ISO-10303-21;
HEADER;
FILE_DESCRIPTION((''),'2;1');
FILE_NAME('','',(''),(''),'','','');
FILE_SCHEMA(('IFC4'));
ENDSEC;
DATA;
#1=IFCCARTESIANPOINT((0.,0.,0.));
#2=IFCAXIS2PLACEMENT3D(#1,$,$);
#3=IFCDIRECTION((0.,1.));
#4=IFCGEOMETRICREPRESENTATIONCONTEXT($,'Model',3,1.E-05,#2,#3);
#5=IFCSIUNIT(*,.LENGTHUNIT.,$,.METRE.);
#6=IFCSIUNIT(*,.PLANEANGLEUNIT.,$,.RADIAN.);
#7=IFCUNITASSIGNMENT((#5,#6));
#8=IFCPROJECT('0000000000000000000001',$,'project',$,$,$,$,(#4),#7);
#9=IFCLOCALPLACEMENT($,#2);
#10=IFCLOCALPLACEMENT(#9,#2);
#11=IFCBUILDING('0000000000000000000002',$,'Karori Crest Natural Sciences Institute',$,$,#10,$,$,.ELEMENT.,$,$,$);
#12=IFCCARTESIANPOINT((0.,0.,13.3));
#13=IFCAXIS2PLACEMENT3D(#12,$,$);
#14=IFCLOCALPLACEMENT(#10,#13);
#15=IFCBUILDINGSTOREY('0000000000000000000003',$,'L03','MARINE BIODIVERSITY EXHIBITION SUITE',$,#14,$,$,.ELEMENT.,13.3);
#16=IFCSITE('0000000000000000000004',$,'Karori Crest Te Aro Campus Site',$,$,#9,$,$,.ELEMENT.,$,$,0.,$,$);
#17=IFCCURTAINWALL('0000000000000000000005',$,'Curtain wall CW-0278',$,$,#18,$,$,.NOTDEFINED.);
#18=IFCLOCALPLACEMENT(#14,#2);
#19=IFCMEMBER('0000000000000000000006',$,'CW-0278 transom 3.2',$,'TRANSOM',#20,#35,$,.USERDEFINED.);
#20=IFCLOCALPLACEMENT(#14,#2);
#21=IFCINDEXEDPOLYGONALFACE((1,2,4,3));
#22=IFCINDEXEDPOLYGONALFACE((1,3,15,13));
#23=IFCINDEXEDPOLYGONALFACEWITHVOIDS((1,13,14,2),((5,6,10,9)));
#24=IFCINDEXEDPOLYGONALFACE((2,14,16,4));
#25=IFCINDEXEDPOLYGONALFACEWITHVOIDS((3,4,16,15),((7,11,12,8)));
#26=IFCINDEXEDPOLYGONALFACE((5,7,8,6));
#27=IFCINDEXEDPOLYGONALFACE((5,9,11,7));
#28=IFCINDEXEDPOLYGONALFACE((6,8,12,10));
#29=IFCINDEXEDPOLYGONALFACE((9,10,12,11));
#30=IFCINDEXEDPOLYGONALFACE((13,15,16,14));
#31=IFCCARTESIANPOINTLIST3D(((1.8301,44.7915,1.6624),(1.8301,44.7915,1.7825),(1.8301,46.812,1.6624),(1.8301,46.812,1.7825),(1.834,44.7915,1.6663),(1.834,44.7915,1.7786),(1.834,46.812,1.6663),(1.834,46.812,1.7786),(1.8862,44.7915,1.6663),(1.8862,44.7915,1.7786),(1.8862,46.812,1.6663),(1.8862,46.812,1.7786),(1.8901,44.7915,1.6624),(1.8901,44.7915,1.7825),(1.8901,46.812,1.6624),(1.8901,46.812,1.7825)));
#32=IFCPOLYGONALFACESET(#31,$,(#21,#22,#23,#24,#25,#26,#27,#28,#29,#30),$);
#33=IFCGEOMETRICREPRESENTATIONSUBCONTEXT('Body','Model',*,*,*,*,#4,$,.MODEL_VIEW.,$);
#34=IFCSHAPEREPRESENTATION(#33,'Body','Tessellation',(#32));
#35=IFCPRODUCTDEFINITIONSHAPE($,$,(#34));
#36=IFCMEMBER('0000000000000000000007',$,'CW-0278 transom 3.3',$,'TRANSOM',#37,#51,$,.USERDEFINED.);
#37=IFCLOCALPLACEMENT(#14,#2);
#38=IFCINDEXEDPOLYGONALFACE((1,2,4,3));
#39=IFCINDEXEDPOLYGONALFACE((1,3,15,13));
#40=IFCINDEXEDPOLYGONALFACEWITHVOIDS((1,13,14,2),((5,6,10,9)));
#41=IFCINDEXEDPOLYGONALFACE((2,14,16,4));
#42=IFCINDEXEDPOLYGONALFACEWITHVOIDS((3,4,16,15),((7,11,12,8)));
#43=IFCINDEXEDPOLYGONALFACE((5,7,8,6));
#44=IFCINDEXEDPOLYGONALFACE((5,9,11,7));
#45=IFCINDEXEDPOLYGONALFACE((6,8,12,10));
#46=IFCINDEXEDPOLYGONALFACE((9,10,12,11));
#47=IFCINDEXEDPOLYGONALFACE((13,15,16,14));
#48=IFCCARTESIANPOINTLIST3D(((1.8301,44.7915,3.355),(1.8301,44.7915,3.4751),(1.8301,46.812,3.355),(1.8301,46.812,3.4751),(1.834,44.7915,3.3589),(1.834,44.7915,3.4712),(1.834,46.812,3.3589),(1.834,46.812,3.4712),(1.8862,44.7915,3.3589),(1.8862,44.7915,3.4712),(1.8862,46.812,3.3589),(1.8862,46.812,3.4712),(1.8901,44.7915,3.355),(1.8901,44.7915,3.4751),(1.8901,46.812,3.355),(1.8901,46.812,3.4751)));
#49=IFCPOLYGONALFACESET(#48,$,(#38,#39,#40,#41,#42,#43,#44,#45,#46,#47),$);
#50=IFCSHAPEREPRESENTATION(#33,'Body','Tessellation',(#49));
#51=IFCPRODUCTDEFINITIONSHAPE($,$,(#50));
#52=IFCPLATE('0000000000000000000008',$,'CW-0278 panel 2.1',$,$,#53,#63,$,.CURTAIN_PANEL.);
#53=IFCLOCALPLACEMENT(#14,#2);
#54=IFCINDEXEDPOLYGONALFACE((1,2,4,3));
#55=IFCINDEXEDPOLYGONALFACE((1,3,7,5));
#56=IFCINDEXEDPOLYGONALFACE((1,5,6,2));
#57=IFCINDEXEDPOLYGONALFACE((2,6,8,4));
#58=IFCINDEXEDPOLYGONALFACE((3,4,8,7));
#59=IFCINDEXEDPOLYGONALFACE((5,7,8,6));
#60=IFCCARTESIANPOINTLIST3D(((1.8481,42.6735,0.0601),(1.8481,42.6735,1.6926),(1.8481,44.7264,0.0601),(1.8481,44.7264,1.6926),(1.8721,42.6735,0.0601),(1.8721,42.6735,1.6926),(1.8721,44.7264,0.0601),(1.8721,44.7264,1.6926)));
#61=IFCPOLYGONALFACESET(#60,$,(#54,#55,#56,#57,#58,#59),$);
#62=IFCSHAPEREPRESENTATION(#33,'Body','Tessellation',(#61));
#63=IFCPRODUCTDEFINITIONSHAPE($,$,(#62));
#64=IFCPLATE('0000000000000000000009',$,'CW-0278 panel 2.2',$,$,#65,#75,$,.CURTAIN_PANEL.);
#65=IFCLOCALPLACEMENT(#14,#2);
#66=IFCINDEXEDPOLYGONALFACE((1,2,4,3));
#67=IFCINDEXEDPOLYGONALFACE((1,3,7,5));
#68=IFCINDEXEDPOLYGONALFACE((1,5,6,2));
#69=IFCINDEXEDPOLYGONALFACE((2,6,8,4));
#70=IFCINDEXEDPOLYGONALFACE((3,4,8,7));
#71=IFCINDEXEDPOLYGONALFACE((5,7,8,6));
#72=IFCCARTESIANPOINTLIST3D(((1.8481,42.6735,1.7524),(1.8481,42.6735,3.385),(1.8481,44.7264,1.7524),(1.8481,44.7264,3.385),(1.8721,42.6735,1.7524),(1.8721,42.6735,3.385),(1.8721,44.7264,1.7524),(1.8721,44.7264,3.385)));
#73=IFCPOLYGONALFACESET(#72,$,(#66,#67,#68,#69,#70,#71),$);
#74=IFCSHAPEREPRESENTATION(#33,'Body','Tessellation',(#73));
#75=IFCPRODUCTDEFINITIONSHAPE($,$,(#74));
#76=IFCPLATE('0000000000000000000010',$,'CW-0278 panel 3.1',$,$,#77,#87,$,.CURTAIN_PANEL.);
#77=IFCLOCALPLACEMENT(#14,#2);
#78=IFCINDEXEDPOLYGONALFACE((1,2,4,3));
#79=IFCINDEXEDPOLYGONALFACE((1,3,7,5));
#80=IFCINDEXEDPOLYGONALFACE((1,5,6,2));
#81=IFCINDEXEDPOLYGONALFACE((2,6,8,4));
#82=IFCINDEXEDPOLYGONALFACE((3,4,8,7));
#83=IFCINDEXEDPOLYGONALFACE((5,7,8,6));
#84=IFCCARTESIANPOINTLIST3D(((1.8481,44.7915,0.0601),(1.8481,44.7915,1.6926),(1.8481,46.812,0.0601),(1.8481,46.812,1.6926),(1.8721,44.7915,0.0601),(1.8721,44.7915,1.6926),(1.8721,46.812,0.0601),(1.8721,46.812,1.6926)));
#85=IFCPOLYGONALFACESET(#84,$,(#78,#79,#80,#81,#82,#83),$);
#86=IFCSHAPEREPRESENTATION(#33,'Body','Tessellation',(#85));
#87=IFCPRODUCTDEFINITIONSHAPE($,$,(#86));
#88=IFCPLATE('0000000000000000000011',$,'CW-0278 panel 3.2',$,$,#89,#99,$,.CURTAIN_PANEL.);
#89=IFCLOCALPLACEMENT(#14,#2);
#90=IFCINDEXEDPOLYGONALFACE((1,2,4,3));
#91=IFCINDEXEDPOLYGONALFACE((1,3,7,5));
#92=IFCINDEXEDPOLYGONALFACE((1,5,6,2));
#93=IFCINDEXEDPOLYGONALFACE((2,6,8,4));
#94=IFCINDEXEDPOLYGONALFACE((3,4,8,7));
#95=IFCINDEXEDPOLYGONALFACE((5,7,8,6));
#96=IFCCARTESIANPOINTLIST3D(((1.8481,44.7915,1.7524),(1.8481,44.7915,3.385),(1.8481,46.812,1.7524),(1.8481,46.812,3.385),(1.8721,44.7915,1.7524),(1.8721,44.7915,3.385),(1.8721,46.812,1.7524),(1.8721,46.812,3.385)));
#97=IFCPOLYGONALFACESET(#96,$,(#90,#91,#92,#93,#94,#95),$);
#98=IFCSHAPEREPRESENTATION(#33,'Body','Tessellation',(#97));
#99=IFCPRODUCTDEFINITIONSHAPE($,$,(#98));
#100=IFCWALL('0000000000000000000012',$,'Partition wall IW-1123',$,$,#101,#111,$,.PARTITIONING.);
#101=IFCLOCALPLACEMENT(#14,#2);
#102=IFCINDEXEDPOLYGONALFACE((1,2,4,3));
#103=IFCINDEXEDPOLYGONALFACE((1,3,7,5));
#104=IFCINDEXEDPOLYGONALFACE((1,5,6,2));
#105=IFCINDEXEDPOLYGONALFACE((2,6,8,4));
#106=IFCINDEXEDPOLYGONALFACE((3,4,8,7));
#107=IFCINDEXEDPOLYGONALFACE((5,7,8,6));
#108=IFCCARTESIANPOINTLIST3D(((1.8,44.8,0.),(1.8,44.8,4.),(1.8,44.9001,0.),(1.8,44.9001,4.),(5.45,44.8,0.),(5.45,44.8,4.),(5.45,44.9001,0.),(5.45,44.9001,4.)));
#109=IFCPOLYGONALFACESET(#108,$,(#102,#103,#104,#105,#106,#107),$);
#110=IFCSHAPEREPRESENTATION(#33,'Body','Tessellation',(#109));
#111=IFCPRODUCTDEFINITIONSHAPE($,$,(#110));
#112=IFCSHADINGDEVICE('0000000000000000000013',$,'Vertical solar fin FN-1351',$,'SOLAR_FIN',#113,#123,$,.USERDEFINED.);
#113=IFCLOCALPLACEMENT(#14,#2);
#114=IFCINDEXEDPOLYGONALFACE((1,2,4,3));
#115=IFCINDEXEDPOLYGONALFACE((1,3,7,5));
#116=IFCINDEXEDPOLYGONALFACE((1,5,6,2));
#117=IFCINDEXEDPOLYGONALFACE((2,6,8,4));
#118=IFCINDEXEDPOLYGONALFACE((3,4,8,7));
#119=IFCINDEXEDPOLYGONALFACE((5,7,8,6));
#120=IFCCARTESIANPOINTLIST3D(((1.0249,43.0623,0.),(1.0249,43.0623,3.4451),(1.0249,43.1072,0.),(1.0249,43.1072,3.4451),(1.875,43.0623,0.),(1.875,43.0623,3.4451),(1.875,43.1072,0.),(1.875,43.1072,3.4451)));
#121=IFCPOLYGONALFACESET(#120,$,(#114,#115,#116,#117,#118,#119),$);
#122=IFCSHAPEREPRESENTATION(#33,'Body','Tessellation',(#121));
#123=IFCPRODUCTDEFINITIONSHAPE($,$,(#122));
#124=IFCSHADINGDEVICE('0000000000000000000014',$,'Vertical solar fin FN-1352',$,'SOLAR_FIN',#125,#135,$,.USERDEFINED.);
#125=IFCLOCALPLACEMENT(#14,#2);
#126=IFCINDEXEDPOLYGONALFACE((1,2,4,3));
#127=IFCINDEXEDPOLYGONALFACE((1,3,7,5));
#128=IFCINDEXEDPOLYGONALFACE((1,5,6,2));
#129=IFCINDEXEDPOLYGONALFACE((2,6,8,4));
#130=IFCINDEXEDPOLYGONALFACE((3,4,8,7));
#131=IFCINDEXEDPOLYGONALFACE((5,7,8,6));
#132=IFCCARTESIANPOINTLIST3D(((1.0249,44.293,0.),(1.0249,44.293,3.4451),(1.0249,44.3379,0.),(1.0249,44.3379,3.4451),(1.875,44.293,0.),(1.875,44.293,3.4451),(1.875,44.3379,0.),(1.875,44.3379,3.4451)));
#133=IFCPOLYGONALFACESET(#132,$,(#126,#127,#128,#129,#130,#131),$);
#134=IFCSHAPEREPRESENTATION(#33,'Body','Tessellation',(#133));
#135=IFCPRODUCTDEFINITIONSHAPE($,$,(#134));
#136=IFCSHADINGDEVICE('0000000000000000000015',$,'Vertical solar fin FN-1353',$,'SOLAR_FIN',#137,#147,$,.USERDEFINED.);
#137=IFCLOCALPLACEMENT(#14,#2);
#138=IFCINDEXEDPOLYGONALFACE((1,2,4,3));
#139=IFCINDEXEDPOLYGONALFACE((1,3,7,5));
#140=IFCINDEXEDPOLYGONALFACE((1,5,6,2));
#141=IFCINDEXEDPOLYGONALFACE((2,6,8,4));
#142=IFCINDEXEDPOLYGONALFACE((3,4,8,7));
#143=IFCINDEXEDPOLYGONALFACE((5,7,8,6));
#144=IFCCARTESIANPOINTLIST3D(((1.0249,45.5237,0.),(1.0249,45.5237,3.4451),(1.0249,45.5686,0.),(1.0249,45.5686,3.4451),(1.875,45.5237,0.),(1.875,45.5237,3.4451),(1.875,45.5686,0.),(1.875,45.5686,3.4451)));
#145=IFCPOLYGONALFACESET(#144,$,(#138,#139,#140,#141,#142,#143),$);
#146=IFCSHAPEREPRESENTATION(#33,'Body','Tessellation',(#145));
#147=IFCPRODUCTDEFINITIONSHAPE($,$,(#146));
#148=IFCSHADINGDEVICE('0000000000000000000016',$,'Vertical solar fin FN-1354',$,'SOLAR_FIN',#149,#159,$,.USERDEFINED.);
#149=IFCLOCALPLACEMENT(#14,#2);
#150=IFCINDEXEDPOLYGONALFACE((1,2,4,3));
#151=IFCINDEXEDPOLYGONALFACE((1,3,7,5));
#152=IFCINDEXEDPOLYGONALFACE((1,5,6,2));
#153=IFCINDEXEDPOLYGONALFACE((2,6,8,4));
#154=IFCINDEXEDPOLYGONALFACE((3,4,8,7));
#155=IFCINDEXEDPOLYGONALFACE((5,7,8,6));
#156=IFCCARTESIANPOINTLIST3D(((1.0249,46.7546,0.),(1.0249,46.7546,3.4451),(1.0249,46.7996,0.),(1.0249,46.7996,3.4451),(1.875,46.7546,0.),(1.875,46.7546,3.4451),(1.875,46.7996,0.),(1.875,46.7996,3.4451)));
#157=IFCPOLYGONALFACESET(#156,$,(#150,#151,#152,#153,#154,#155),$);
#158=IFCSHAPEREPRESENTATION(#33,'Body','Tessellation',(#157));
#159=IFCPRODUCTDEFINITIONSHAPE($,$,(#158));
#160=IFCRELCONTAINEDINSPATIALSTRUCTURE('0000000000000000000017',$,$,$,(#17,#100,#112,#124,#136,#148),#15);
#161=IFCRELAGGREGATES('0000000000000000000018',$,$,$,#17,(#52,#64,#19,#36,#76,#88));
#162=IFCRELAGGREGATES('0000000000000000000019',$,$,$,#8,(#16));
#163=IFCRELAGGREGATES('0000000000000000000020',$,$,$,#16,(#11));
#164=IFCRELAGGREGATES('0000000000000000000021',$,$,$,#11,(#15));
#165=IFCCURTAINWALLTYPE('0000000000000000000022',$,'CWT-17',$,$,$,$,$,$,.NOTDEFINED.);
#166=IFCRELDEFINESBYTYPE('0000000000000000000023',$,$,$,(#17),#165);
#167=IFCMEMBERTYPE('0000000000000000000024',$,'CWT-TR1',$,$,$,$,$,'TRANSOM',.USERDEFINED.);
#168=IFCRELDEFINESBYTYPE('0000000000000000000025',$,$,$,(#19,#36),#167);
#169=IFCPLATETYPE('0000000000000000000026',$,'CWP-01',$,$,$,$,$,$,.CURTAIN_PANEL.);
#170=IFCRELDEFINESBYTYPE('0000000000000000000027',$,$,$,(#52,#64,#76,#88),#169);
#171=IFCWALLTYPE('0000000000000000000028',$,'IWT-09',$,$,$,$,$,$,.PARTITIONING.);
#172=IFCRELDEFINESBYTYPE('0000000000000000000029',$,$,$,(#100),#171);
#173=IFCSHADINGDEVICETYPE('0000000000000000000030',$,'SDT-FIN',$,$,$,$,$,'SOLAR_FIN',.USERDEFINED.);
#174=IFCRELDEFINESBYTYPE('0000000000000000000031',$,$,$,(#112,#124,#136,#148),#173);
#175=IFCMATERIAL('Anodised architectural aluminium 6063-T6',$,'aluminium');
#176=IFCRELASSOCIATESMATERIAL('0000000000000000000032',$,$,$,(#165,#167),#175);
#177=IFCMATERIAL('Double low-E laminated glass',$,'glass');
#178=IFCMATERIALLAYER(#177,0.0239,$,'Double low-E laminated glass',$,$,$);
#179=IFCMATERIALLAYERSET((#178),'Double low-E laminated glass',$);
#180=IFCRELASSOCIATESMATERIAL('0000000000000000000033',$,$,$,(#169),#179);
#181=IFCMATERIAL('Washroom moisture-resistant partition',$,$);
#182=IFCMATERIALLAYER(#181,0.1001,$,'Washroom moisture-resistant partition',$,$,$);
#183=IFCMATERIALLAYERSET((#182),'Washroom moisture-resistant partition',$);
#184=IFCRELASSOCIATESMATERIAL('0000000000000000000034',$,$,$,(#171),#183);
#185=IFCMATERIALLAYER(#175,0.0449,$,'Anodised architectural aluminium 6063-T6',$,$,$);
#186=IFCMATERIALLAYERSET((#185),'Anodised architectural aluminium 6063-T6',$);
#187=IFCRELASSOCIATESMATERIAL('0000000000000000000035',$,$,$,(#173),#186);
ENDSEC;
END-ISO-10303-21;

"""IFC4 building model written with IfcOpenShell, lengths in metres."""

from ifc_helpers import new_model, si_unit, direction, frame, frame_2d, origin, origin_2d, place, context, subcontext, project, spatial, rectangle, hollow_rectangle, extrude, material, layer, layer_set, material_profile, profile_set, type_object, element, aggregate, save


model = new_model("IFC4")

# Units and contexts
model_context = context("Model", 3, precision=1e-05, world=origin(), true_north=direction((0.0, 1.0)))
body_context = subcontext(model_context, "Body", "Model", "MODEL_VIEW")
ifc_project = project(units=[si_unit("LENGTHUNIT", "METRE"), si_unit("PLANEANGLEUNIT", "RADIAN")], contexts=[model_context])

# Site, building, storey
site_placement = place(None, origin())
site = spatial("IfcSite", under=ifc_project, at=site_placement, Name="Karori Crest Te Aro Campus Site", CompositionType="ELEMENT", RefElevation=0.0)
building_placement = place(site_placement, origin())
building = spatial("IfcBuilding", under=site, at=building_placement, Name="Karori Crest Natural Sciences Institute", CompositionType="ELEMENT")
storey_placement = place(building_placement, frame((0.0, 0.0, 13.3)))
storey = spatial("IfcBuildingStorey", under=building, at=storey_placement, Name="L03", Description="MARINE BIODIVERSITY EXHIBITION SUITE", CompositionType="ELEMENT", Elevation=13.3)

# Curtain wall, members, plates
ifc_material_1 = material(Name="Anodised architectural aluminium 6063-T6", Category="aluminium")
curtain_wall_type = type_object("IfcCurtainWallType", Name="CWT-17", PredefinedType="NOTDEFINED", material=ifc_material_1)
curtain_wall_placement = place(storey_placement, origin())
curtain_wall = element("IfcCurtainWall", 1, at=curtain_wall_placement, inside=storey, type_object=curtain_wall_type, Name="Curtain wall CW-0278", PredefinedType="NOTDEFINED")
ifc_material_profile_1 = material_profile(ifc_material_1, hollow_rectangle(XDim=0.0601, YDim=0.1201, WallThickness=0.0039, at=origin_2d()), Name="CWT120x60x4")
ifc_profile_set_1 = profile_set([ifc_material_profile_1], Name="Anodised architectural aluminium 6063-T6")
member_type_1 = type_object("IfcMemberType", Name="CWT-TR1", ElementType="TRANSOM", PredefinedType="USERDEFINED", material=ifc_profile_set_1)
member_1_placement = place(storey_placement, frame((1.8601, 44.7915, 1.7224), z_axis=(0.0, 1.0, 0.0), x_axis=(-1.0, 0.0, 0.0)))
member_1 = element("IfcMember", 2, at=member_1_placement, type_object=member_type_1, Name="CW-0278 transom 3.2", ObjectType="TRANSOM", PredefinedType="USERDEFINED", context=body_context, shape_type="SweptSolid", body=[
    extrude(hollow_rectangle(XDim=0.0601, YDim=0.1201, WallThickness=0.0039, at=origin_2d()), origin(), (0.0, 0.0, 1.0), 2.0205),
])
member_2_placement = place(storey_placement, frame((1.8601, 44.7915, 3.415), z_axis=(0.0, 1.0, 0.0), x_axis=(-1.0, 0.0, 0.0)))
member_2 = element("IfcMember", 3, at=member_2_placement, type_object=member_type_1, Name="CW-0278 transom 3.3", ObjectType="TRANSOM", PredefinedType="USERDEFINED", context=body_context, shape_type="SweptSolid", body=[
    extrude(hollow_rectangle(XDim=0.0601, YDim=0.1201, WallThickness=0.0039, at=origin_2d()), origin(), (0.0, 0.0, 1.0), 2.0205),
])
ifc_material_2 = material(Name="Double low-E laminated glass", Category="glass")
ifc_layer_1 = layer(ifc_material_2, 0.0239, Name="Double low-E laminated glass")
ifc_layer_set_1 = layer_set([ifc_layer_1], Name="Double low-E laminated glass")
plate_type = type_object("IfcPlateType", Name="CWP-01", PredefinedType="CURTAIN_PANEL", material=ifc_layer_set_1)
plate_1_placement = place(storey_placement, frame((1.8601, 43.7, 0.0601), z_axis=(0.0, 0.0, 1.0), x_axis=(0.0, 1.0, 0.0)))
plate_1 = element("IfcPlate", 4, at=plate_1_placement, type_object=plate_type, Name="CW-0278 panel 2.1", PredefinedType="CURTAIN_PANEL", context=body_context, shape_type="SweptSolid", body=[
    extrude(rectangle(XDim=2.053, YDim=0.0239, at=origin_2d()), origin(), (0.0, 0.0, 1.0), 1.6326),
])
plate_2_placement = place(storey_placement, frame((1.8601, 43.7, 1.7524), z_axis=(0.0, 0.0, 1.0), x_axis=(0.0, 1.0, 0.0)))
plate_2 = element("IfcPlate", 5, at=plate_2_placement, type_object=plate_type, Name="CW-0278 panel 2.2", PredefinedType="CURTAIN_PANEL", context=body_context, shape_type="SweptSolid", body=[
    extrude(rectangle(XDim=2.053, YDim=0.0239, at=origin_2d()), origin(), (0.0, 0.0, 1.0), 1.6326),
])
plate_3_placement = place(storey_placement, frame((1.8601, 45.8018, 0.0601), z_axis=(0.0, 0.0, 1.0), x_axis=(0.0, 1.0, 0.0)))
plate_3 = element("IfcPlate", 6, at=plate_3_placement, type_object=plate_type, Name="CW-0278 panel 3.1", PredefinedType="CURTAIN_PANEL", context=body_context, shape_type="SweptSolid", body=[
    extrude(rectangle(XDim=2.0205, YDim=0.0239, at=origin_2d()), origin(), (0.0, 0.0, 1.0), 1.6326),
])
plate_4_placement = place(storey_placement, frame((1.8601, 45.8018, 1.7524), z_axis=(0.0, 0.0, 1.0), x_axis=(0.0, 1.0, 0.0)))
plate_4 = element("IfcPlate", 7, at=plate_4_placement, type_object=plate_type, Name="CW-0278 panel 3.2", PredefinedType="CURTAIN_PANEL", context=body_context, shape_type="SweptSolid", body=[
    extrude(rectangle(XDim=2.0205, YDim=0.0239, at=origin_2d()), origin(), (0.0, 0.0, 1.0), 1.6326),
])
aggregate(curtain_wall, [plate_1, plate_2, member_1, member_2, plate_3, plate_4])

# Wall
ifc_material_3 = material(Name="Washroom moisture-resistant partition")
ifc_layer_2 = layer(ifc_material_3, 0.1001, Name="Washroom moisture-resistant partition")
ifc_layer_set_2 = layer_set([ifc_layer_2], Name="Washroom moisture-resistant partition")
wall_type = type_object("IfcWallType", Name="IWT-09", PredefinedType="PARTITIONING", material=ifc_layer_set_2)
wall_placement = place(storey_placement, frame((1.8, 44.8501, 0.0), z_axis=(0.0, 0.0, 1.0), x_axis=(1.0, 0.0, 0.0)))
element("IfcWall", 8, at=wall_placement, inside=storey, type_object=wall_type, Name="Partition wall IW-1123", PredefinedType="PARTITIONING", context=body_context, shape_type="SweptSolid", body=[
    extrude(rectangle(XDim=3.6499, YDim=0.1001, at=frame_2d((1.825, 0.0))), origin(), (0.0, 0.0, 1.0), 4.0),
])

# Shading devices
ifc_layer_3 = layer(ifc_material_1, 0.0449, Name="Anodised architectural aluminium 6063-T6")
ifc_layer_set_3 = layer_set([ifc_layer_3], Name="Anodised architectural aluminium 6063-T6")
shading_device_type = type_object("IfcShadingDeviceType", Name="SDT-FIN", ElementType="SOLAR_FIN", PredefinedType="USERDEFINED", material=ifc_layer_set_3)
for number, where, z_axis, x_axis, name in (
    (9, (1.45, 43.0847, 0.0), (0.0, 0.0, 1.0), (-1.0, 0.0, 0.0), "Vertical solar fin FN-1351"),
    (10, (1.45, 44.3154, 0.0), (0.0, 0.0, 1.0), (-1.0, 0.0, 0.0), "Vertical solar fin FN-1352"),
    (11, (1.45, 45.5461, 0.0), (0.0, 0.0, 1.0), (-1.0, 0.0, 0.0), "Vertical solar fin FN-1353"),
    (12, (1.45, 46.7771, 0.0), (0.0, 0.0, 1.0), (-1.0, 0.0, 0.0), "Vertical solar fin FN-1354"),
):
    element("IfcShadingDevice", number, at=place(storey_placement, frame(where, z_axis=z_axis, x_axis=x_axis)), inside=storey, type_object=shading_device_type, Name=name, ObjectType="SOLAR_FIN", PredefinedType="USERDEFINED", context=body_context, shape_type="SweptSolid", body=[
        extrude(rectangle(XDim=0.8501, YDim=0.0449, at=origin_2d()), origin(), (0.0, 0.0, 1.0), 3.4451),
    ])

save(model, "model.ifc")
